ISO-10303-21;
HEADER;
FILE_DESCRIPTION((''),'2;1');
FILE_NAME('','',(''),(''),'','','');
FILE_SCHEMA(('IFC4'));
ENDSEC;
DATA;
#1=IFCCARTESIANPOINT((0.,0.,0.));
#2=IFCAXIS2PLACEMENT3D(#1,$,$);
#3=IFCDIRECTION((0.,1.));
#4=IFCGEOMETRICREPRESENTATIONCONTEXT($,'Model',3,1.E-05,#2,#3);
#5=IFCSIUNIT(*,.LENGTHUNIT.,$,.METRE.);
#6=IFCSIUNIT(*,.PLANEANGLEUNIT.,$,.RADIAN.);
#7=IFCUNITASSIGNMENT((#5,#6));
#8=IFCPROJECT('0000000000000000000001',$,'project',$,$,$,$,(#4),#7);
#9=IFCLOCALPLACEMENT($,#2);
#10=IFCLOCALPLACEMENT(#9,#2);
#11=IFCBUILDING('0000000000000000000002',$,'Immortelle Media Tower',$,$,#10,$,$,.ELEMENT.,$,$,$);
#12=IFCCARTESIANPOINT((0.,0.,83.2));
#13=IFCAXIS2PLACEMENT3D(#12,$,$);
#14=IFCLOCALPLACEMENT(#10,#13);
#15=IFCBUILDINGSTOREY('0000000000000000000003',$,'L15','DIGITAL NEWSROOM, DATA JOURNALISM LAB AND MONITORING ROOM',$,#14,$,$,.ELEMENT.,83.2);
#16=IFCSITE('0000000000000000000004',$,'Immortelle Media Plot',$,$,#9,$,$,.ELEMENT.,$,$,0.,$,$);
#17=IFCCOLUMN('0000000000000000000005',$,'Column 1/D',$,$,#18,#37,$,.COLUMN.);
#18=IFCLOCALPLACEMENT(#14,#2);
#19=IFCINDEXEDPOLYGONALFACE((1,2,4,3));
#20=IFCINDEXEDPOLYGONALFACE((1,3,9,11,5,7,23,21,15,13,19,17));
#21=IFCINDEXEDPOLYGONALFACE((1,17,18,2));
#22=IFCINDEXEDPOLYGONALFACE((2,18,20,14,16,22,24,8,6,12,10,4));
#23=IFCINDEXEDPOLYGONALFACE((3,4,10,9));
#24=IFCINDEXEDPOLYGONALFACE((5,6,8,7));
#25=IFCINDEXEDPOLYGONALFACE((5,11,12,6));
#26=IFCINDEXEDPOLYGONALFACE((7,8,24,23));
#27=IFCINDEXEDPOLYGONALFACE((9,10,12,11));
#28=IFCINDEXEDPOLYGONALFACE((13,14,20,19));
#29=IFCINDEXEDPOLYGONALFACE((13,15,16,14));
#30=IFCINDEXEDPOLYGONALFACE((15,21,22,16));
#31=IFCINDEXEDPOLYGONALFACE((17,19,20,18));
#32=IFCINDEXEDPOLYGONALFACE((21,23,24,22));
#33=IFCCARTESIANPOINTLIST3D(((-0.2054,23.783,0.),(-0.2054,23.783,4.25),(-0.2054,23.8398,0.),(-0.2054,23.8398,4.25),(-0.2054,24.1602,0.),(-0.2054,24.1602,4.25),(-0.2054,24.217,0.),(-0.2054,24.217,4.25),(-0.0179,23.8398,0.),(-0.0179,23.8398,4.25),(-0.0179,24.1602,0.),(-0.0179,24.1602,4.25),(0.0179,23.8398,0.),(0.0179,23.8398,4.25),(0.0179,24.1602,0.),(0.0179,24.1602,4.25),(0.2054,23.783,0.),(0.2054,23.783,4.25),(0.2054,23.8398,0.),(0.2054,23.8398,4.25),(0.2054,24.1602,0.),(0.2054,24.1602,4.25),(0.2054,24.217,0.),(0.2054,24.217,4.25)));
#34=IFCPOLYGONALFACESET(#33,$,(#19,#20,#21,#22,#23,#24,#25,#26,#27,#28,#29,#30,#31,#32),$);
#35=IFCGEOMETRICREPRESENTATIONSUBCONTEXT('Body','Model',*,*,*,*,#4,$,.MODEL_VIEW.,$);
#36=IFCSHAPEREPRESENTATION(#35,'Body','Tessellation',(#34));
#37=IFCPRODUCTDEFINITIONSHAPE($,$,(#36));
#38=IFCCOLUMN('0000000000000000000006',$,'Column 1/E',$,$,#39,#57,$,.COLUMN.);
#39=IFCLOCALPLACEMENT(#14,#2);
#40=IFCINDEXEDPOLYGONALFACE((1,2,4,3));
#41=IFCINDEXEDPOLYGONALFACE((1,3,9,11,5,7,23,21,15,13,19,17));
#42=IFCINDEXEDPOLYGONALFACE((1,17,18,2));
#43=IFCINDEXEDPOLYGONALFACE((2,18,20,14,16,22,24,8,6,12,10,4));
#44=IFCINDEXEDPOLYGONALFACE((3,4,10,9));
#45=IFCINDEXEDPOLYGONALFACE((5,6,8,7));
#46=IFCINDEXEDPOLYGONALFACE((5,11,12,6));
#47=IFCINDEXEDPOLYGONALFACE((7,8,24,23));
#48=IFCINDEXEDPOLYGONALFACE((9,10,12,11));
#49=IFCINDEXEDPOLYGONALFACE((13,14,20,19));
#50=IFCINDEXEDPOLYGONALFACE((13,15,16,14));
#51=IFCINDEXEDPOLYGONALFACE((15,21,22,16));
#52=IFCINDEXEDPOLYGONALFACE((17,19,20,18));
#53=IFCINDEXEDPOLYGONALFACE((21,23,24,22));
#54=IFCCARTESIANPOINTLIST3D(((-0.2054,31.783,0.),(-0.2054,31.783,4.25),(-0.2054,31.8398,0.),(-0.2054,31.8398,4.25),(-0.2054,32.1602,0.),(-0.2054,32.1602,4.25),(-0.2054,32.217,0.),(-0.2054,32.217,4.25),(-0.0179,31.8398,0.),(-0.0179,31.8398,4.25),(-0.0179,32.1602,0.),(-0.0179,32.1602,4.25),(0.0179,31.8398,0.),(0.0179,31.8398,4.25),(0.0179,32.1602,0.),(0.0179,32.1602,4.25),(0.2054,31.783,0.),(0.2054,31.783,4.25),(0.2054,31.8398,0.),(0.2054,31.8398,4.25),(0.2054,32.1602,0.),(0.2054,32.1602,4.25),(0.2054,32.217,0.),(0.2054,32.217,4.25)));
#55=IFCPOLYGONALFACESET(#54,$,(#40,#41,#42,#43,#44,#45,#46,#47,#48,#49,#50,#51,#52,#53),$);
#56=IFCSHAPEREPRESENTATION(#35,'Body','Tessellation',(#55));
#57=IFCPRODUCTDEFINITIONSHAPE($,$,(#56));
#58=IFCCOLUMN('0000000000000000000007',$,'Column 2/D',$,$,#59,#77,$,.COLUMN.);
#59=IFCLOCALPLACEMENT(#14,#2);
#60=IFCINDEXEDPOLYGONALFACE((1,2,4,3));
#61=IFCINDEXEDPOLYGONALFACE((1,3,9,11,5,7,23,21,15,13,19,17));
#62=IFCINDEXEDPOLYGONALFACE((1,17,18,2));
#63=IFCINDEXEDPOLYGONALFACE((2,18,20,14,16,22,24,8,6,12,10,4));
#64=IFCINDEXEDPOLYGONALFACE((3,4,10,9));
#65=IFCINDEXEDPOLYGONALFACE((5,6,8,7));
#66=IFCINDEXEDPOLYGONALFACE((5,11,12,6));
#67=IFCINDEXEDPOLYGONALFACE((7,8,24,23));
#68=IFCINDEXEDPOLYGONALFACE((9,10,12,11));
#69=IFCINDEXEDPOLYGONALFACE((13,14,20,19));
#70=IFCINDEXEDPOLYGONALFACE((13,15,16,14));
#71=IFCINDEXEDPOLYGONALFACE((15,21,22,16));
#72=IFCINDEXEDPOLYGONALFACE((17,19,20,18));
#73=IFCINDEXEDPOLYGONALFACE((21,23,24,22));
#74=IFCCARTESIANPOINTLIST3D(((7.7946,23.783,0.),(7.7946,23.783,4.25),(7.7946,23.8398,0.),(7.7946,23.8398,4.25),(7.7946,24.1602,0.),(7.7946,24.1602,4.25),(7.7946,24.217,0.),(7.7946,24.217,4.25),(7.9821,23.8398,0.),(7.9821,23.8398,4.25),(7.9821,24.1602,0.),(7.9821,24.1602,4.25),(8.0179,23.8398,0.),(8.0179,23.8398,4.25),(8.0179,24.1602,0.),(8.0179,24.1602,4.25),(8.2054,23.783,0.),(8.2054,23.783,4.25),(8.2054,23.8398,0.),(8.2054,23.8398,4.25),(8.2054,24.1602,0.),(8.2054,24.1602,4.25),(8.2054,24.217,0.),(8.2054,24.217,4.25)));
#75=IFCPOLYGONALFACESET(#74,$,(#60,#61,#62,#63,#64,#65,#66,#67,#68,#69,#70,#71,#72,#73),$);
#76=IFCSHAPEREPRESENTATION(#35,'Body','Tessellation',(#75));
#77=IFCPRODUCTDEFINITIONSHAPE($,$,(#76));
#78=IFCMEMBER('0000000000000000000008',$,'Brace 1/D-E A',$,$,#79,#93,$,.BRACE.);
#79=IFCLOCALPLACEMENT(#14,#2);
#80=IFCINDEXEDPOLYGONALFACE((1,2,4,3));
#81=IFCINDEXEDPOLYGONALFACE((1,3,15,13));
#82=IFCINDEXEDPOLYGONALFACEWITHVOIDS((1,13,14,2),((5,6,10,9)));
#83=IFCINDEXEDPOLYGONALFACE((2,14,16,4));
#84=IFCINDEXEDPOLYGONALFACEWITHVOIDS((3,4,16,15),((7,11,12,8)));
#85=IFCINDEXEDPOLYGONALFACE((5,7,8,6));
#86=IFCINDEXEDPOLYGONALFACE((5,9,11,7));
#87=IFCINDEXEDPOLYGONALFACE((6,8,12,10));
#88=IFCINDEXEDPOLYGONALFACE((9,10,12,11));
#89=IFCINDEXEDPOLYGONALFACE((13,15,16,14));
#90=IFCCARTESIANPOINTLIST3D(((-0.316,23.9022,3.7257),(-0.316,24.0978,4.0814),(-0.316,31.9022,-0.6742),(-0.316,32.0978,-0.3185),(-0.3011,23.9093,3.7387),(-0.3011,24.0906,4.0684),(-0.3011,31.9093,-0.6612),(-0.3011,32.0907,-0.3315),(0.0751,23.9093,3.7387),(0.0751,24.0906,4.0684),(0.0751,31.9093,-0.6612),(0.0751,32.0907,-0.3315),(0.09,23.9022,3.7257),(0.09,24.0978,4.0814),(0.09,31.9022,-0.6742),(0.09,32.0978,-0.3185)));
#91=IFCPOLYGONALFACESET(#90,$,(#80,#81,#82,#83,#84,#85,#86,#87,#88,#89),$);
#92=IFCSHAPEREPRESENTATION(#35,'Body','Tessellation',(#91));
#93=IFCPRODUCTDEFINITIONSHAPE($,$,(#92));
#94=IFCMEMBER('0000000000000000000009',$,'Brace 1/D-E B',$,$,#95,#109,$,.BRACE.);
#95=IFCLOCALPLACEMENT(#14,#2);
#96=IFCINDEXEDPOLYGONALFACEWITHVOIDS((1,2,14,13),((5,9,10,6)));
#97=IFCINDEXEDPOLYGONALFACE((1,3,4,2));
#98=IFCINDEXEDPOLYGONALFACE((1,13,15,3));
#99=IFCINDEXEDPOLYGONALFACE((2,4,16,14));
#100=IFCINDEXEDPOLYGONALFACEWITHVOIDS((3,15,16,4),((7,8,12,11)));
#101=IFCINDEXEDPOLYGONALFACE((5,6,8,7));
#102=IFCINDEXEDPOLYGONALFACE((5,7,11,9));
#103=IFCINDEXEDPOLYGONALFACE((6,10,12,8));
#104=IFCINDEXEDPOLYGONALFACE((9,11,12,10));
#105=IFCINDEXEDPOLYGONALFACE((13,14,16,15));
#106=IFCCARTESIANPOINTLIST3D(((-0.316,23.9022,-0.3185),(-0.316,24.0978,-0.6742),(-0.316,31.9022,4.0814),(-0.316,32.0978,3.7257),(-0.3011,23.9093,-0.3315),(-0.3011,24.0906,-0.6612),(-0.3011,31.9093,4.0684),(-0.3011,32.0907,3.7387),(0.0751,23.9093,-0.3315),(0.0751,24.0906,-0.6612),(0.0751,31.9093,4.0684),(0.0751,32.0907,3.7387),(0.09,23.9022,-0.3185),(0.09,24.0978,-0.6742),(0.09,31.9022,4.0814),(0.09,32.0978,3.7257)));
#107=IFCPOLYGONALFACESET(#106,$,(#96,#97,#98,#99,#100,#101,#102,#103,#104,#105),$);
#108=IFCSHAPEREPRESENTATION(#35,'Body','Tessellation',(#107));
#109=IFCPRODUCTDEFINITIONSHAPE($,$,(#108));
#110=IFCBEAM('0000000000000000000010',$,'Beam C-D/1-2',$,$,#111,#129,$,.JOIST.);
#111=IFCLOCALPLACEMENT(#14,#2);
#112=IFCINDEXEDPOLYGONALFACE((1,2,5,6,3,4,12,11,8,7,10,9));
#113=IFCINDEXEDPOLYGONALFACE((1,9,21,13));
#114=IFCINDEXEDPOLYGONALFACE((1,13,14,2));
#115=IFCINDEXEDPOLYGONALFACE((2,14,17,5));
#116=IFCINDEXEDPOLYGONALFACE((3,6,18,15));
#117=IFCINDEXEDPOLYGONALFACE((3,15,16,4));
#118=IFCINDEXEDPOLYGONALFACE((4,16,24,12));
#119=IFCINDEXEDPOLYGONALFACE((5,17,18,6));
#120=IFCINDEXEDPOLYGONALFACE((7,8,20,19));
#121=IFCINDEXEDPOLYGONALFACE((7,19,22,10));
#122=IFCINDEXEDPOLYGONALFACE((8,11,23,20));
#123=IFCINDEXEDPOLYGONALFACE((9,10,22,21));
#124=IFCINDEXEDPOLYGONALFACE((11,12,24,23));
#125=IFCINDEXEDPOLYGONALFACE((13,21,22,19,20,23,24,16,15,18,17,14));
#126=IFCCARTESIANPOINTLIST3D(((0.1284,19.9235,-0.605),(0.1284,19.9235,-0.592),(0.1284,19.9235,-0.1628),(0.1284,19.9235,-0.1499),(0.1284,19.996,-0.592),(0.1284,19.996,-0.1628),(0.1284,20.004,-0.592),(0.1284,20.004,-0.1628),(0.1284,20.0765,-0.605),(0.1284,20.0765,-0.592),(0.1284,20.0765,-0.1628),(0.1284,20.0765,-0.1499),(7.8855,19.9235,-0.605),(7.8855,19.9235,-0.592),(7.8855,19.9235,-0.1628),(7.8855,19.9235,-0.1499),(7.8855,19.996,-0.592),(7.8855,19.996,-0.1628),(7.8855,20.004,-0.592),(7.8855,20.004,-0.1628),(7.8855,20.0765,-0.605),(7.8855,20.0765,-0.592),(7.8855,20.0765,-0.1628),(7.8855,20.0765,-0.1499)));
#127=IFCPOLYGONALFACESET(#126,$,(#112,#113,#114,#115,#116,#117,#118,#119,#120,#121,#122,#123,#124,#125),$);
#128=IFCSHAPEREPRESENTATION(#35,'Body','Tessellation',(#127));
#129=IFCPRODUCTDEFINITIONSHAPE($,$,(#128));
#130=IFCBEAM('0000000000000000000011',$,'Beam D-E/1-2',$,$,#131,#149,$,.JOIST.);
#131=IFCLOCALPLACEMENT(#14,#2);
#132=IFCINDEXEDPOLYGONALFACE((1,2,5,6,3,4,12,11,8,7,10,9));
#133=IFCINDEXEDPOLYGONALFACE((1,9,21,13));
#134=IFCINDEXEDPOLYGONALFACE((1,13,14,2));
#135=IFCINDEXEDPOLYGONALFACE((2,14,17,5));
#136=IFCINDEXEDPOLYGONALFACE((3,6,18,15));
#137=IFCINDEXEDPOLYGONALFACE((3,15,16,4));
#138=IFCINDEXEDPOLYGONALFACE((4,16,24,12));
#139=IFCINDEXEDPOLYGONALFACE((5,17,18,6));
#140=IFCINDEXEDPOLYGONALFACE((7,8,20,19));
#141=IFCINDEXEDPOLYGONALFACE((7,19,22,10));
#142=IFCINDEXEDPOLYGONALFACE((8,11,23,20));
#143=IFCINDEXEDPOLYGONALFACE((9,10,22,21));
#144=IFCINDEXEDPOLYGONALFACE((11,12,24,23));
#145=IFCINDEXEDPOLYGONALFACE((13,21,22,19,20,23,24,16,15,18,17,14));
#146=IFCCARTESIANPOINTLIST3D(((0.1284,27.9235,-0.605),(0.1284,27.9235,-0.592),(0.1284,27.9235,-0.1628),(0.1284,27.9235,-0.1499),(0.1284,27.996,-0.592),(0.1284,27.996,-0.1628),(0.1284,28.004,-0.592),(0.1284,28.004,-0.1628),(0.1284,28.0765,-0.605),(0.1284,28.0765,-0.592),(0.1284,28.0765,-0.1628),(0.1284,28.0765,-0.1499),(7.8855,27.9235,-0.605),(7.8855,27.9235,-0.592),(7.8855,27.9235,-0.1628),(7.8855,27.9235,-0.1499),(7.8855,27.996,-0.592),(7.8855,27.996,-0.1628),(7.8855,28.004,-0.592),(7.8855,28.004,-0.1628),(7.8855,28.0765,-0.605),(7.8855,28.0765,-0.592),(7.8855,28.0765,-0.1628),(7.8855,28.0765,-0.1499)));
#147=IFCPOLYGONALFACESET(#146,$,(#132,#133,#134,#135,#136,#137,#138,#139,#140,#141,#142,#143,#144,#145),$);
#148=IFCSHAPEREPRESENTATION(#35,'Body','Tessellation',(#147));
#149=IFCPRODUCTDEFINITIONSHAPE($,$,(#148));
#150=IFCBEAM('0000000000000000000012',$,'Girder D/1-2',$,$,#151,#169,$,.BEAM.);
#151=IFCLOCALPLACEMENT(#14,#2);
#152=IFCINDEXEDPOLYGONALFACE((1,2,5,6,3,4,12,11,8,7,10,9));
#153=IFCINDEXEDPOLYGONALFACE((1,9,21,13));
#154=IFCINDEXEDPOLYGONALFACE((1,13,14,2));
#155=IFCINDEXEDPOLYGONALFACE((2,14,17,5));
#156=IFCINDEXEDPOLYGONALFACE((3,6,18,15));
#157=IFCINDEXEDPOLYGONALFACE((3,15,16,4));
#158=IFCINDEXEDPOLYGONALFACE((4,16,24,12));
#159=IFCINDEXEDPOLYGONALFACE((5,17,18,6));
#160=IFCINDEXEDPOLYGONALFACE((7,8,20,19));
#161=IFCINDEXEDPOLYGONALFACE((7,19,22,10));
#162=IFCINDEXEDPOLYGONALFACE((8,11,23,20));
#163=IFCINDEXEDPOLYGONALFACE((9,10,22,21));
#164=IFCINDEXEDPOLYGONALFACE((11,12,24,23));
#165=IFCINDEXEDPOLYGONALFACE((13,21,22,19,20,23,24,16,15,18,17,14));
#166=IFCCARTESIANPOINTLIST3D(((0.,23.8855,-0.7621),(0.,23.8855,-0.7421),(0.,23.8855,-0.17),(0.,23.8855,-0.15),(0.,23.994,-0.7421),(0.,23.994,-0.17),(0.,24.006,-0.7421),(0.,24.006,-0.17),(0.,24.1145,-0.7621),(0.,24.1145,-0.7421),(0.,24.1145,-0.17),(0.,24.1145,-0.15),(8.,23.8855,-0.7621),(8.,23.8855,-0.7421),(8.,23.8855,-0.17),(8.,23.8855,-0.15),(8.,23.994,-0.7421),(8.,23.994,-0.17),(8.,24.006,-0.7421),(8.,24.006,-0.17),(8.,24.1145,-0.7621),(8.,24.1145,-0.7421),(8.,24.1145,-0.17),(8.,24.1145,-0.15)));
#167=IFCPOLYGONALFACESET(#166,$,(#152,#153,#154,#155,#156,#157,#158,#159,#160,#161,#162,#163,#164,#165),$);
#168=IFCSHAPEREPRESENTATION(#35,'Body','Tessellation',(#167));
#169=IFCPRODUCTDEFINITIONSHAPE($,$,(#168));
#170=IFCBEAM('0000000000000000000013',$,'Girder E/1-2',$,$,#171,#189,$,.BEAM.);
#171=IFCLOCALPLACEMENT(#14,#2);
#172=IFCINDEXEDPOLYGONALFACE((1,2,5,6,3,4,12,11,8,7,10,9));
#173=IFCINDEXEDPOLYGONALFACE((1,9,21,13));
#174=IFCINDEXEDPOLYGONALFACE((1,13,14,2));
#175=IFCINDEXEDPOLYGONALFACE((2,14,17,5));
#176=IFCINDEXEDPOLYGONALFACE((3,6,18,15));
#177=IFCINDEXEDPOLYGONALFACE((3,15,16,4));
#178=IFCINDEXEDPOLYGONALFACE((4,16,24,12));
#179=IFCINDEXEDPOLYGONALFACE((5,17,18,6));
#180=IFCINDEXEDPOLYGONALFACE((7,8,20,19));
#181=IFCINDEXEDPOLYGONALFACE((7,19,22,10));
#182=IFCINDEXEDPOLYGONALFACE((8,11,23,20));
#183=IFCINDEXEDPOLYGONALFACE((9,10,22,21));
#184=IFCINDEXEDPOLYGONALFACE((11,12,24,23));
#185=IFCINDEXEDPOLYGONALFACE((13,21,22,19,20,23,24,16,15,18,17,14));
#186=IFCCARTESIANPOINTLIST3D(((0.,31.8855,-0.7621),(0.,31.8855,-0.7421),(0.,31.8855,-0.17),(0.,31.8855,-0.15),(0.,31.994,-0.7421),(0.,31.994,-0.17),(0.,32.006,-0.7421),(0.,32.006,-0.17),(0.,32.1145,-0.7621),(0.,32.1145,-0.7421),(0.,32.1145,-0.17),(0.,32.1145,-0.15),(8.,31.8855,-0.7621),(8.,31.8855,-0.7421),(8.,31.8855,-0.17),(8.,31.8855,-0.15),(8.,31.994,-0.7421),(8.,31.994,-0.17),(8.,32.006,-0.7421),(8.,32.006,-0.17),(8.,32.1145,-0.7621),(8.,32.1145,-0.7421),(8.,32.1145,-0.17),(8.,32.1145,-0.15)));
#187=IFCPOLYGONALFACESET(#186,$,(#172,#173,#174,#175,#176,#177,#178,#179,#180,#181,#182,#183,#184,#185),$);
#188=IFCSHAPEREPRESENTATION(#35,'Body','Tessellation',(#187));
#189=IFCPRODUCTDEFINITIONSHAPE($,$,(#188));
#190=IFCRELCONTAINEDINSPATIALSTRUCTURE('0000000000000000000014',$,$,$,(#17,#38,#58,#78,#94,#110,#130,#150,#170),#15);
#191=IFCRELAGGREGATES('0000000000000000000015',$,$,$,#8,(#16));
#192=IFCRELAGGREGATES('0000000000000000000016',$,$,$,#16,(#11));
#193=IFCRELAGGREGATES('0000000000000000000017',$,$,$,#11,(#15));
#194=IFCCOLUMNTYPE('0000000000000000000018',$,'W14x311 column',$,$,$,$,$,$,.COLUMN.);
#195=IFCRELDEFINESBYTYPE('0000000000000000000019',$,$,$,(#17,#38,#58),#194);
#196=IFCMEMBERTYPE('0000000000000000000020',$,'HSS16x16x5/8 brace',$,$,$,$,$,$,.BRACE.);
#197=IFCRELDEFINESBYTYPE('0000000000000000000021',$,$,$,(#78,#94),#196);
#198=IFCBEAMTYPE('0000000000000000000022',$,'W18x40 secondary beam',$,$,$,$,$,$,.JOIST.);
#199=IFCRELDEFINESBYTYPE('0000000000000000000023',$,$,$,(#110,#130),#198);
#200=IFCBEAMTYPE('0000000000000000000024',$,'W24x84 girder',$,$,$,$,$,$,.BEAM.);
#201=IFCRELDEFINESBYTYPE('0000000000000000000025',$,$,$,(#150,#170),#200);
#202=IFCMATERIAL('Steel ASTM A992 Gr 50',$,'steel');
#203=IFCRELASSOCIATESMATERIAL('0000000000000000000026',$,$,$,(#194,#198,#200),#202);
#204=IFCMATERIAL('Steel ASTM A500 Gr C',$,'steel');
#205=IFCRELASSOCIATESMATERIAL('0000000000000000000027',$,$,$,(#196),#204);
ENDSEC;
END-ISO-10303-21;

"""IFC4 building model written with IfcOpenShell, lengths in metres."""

from ifc_helpers import new_model, si_unit, direction, frame, origin, origin_2d, place, context, subcontext, project, spatial, hollow_rectangle, i_section, extrude, material, material_profile, profile_set, type_object, element, save


model = new_model("IFC4")

# Units and contexts
model_context = context("Model", 3, precision=1e-05, world=origin(), true_north=direction((0.0, 1.0)))
body_context = subcontext(model_context, "Body", "Model", "MODEL_VIEW")
ifc_project = project(units=[si_unit("LENGTHUNIT", "METRE"), si_unit("PLANEANGLEUNIT", "RADIAN")], contexts=[model_context])

# Site, building, storey
site_placement = place(None, origin())
site = spatial("IfcSite", under=ifc_project, at=site_placement, Name="Immortelle Media Plot", CompositionType="ELEMENT", RefElevation=0.0)
building_placement = place(site_placement, origin())
building = spatial("IfcBuilding", under=site, at=building_placement, Name="Immortelle Media Tower", CompositionType="ELEMENT")
storey_placement = place(building_placement, frame((0.0, 0.0, 83.2)))
storey = spatial("IfcBuildingStorey", under=building, at=storey_placement, Name="L15", Description="DIGITAL NEWSROOM, DATA JOURNALISM LAB AND MONITORING ROOM", CompositionType="ELEMENT", Elevation=83.2)

# Columns
ifc_material_1 = material(Name="Steel ASTM A992 Gr 50", Category="steel")
ifc_material_profile_1 = material_profile(ifc_material_1, i_section(OverallWidth=0.4109, OverallDepth=0.4341, WebThickness=0.0359, FlangeThickness=0.0569, at=origin_2d()), Name="W14x311")
ifc_profile_set_1 = profile_set([ifc_material_profile_1], Name="Steel ASTM A992 Gr 50")
column_type = type_object("IfcColumnType", Name="W14x311 column", PredefinedType="COLUMN", material=ifc_profile_set_1)
for number, where, z_axis, x_axis, name in (
    (1, (0.0, 24.0, 0.0), (0.0, 0.0, 1.0), (1.0, 0.0, 0.0), "Column 1/D"),
    (2, (0.0, 32.0, 0.0), (0.0, 0.0, 1.0), (1.0, 0.0, 0.0), "Column 1/E"),
    (3, (8.0, 24.0, 0.0), (0.0, 0.0, 1.0), (1.0, 0.0, 0.0), "Column 2/D"),
):
    element("IfcColumn", number, at=place(storey_placement, frame(where, z_axis=z_axis, x_axis=x_axis)), inside=storey, type_object=column_type, Name=name, PredefinedType="COLUMN", context=body_context, shape_type="SweptSolid", body=[
        extrude(i_section(OverallWidth=0.4109, OverallDepth=0.4341, WebThickness=0.0359, FlangeThickness=0.0569, at=origin_2d()), origin(), (0.0, 0.0, 1.0), 4.25),
    ])

# Members
ifc_material_2 = material(Name="Steel ASTM A500 Gr C", Category="steel")
ifc_material_profile_2 = material_profile(ifc_material_2, hollow_rectangle(XDim=0.406, YDim=0.406, WallThickness=0.0149, at=origin_2d()), Name="HSS16x16x5/8 brace")
ifc_profile_set_2 = profile_set([ifc_material_profile_2], Name="Steel ASTM A500 Gr C")
member_type = type_object("IfcMemberType", Name="HSS16x16x5/8 brace", PredefinedType="BRACE", material=ifc_profile_set_2)
for number, where, z_axis, x_axis, name in (
    (4, (-0.113, 32.0, -0.4963), (0.0, -0.87622, 0.481911), (1.0, 0.0, 0.0), "Brace 1/D-E A"),
    (5, (-0.113, 32.0, 3.9036), (0.0, -0.87622, -0.481911), (1.0, 0.0, 0.0), "Brace 1/D-E B"),
):
    element("IfcMember", number, at=place(storey_placement, frame(where, z_axis=z_axis, x_axis=x_axis)), inside=storey, type_object=member_type, Name=name, PredefinedType="BRACE", context=body_context, shape_type="SweptSolid", body=[
        extrude(hollow_rectangle(XDim=0.406, YDim=0.406, WallThickness=0.0149, at=origin_2d()), origin(), (0.0, 0.0, 1.0), 9.1301),
    ])

# Beams
ifc_material_profile_3 = material_profile(ifc_material_1, i_section(OverallWidth=0.1531, OverallDepth=0.4551, WebThickness=0.0081, FlangeThickness=0.0129, at=origin_2d()), Name="W18x40")
ifc_profile_set_3 = profile_set([ifc_material_profile_3], Name="Steel ASTM A992 Gr 50")
beam_type_1 = type_object("IfcBeamType", Name="W18x40 secondary beam", PredefinedType="JOIST", material=ifc_profile_set_3)
for number, where, z_axis, x_axis, name in (
    (6, (0.1284, 20.0, -0.3774), (1.0, 0.0, 0.0), (0.0, 1.0, 0.0), "Beam C-D/1-2"),
    (7, (0.1284, 28.0, -0.3774), (1.0, 0.0, 0.0), (0.0, 1.0, 0.0), "Beam D-E/1-2"),
):
    element("IfcBeam", number, at=place(storey_placement, frame(where, z_axis=z_axis, x_axis=x_axis)), inside=storey, type_object=beam_type_1, Name=name, PredefinedType="JOIST", context=body_context, shape_type="SweptSolid", body=[
        extrude(i_section(OverallWidth=0.1531, OverallDepth=0.4551, WebThickness=0.0081, FlangeThickness=0.0129, at=origin_2d()), origin(), (0.0, 0.0, 1.0), 7.7571),
    ])
ifc_material_profile_4 = material_profile(ifc_material_1, i_section(OverallWidth=0.229, OverallDepth=0.6121, WebThickness=0.012, FlangeThickness=0.02, at=origin_2d()), Name="W24x84")
ifc_profile_set_4 = profile_set([ifc_material_profile_4], Name="Steel ASTM A992 Gr 50")
beam_type_2 = type_object("IfcBeamType", Name="W24x84 girder", PredefinedType="BEAM", material=ifc_profile_set_4)
for number, where, z_axis, x_axis, name in (
    (8, (0.0, 24.0, -0.4561), (1.0, 0.0, 0.0), (0.0, 1.0, 0.0), "Girder D/1-2"),
    (9, (0.0, 32.0, -0.4561), (1.0, 0.0, 0.0), (0.0, 1.0, 0.0), "Girder E/1-2"),
):
    element("IfcBeam", number, at=place(storey_placement, frame(where, z_axis=z_axis, x_axis=x_axis)), inside=storey, type_object=beam_type_2, Name=name, PredefinedType="BEAM", context=body_context, shape_type="SweptSolid", body=[
        extrude(i_section(OverallWidth=0.229, OverallDepth=0.6121, WebThickness=0.012, FlangeThickness=0.02, at=origin_2d()), origin(), (0.0, 0.0, 1.0), 8.0),
    ])

save(model, "model.ifc")
